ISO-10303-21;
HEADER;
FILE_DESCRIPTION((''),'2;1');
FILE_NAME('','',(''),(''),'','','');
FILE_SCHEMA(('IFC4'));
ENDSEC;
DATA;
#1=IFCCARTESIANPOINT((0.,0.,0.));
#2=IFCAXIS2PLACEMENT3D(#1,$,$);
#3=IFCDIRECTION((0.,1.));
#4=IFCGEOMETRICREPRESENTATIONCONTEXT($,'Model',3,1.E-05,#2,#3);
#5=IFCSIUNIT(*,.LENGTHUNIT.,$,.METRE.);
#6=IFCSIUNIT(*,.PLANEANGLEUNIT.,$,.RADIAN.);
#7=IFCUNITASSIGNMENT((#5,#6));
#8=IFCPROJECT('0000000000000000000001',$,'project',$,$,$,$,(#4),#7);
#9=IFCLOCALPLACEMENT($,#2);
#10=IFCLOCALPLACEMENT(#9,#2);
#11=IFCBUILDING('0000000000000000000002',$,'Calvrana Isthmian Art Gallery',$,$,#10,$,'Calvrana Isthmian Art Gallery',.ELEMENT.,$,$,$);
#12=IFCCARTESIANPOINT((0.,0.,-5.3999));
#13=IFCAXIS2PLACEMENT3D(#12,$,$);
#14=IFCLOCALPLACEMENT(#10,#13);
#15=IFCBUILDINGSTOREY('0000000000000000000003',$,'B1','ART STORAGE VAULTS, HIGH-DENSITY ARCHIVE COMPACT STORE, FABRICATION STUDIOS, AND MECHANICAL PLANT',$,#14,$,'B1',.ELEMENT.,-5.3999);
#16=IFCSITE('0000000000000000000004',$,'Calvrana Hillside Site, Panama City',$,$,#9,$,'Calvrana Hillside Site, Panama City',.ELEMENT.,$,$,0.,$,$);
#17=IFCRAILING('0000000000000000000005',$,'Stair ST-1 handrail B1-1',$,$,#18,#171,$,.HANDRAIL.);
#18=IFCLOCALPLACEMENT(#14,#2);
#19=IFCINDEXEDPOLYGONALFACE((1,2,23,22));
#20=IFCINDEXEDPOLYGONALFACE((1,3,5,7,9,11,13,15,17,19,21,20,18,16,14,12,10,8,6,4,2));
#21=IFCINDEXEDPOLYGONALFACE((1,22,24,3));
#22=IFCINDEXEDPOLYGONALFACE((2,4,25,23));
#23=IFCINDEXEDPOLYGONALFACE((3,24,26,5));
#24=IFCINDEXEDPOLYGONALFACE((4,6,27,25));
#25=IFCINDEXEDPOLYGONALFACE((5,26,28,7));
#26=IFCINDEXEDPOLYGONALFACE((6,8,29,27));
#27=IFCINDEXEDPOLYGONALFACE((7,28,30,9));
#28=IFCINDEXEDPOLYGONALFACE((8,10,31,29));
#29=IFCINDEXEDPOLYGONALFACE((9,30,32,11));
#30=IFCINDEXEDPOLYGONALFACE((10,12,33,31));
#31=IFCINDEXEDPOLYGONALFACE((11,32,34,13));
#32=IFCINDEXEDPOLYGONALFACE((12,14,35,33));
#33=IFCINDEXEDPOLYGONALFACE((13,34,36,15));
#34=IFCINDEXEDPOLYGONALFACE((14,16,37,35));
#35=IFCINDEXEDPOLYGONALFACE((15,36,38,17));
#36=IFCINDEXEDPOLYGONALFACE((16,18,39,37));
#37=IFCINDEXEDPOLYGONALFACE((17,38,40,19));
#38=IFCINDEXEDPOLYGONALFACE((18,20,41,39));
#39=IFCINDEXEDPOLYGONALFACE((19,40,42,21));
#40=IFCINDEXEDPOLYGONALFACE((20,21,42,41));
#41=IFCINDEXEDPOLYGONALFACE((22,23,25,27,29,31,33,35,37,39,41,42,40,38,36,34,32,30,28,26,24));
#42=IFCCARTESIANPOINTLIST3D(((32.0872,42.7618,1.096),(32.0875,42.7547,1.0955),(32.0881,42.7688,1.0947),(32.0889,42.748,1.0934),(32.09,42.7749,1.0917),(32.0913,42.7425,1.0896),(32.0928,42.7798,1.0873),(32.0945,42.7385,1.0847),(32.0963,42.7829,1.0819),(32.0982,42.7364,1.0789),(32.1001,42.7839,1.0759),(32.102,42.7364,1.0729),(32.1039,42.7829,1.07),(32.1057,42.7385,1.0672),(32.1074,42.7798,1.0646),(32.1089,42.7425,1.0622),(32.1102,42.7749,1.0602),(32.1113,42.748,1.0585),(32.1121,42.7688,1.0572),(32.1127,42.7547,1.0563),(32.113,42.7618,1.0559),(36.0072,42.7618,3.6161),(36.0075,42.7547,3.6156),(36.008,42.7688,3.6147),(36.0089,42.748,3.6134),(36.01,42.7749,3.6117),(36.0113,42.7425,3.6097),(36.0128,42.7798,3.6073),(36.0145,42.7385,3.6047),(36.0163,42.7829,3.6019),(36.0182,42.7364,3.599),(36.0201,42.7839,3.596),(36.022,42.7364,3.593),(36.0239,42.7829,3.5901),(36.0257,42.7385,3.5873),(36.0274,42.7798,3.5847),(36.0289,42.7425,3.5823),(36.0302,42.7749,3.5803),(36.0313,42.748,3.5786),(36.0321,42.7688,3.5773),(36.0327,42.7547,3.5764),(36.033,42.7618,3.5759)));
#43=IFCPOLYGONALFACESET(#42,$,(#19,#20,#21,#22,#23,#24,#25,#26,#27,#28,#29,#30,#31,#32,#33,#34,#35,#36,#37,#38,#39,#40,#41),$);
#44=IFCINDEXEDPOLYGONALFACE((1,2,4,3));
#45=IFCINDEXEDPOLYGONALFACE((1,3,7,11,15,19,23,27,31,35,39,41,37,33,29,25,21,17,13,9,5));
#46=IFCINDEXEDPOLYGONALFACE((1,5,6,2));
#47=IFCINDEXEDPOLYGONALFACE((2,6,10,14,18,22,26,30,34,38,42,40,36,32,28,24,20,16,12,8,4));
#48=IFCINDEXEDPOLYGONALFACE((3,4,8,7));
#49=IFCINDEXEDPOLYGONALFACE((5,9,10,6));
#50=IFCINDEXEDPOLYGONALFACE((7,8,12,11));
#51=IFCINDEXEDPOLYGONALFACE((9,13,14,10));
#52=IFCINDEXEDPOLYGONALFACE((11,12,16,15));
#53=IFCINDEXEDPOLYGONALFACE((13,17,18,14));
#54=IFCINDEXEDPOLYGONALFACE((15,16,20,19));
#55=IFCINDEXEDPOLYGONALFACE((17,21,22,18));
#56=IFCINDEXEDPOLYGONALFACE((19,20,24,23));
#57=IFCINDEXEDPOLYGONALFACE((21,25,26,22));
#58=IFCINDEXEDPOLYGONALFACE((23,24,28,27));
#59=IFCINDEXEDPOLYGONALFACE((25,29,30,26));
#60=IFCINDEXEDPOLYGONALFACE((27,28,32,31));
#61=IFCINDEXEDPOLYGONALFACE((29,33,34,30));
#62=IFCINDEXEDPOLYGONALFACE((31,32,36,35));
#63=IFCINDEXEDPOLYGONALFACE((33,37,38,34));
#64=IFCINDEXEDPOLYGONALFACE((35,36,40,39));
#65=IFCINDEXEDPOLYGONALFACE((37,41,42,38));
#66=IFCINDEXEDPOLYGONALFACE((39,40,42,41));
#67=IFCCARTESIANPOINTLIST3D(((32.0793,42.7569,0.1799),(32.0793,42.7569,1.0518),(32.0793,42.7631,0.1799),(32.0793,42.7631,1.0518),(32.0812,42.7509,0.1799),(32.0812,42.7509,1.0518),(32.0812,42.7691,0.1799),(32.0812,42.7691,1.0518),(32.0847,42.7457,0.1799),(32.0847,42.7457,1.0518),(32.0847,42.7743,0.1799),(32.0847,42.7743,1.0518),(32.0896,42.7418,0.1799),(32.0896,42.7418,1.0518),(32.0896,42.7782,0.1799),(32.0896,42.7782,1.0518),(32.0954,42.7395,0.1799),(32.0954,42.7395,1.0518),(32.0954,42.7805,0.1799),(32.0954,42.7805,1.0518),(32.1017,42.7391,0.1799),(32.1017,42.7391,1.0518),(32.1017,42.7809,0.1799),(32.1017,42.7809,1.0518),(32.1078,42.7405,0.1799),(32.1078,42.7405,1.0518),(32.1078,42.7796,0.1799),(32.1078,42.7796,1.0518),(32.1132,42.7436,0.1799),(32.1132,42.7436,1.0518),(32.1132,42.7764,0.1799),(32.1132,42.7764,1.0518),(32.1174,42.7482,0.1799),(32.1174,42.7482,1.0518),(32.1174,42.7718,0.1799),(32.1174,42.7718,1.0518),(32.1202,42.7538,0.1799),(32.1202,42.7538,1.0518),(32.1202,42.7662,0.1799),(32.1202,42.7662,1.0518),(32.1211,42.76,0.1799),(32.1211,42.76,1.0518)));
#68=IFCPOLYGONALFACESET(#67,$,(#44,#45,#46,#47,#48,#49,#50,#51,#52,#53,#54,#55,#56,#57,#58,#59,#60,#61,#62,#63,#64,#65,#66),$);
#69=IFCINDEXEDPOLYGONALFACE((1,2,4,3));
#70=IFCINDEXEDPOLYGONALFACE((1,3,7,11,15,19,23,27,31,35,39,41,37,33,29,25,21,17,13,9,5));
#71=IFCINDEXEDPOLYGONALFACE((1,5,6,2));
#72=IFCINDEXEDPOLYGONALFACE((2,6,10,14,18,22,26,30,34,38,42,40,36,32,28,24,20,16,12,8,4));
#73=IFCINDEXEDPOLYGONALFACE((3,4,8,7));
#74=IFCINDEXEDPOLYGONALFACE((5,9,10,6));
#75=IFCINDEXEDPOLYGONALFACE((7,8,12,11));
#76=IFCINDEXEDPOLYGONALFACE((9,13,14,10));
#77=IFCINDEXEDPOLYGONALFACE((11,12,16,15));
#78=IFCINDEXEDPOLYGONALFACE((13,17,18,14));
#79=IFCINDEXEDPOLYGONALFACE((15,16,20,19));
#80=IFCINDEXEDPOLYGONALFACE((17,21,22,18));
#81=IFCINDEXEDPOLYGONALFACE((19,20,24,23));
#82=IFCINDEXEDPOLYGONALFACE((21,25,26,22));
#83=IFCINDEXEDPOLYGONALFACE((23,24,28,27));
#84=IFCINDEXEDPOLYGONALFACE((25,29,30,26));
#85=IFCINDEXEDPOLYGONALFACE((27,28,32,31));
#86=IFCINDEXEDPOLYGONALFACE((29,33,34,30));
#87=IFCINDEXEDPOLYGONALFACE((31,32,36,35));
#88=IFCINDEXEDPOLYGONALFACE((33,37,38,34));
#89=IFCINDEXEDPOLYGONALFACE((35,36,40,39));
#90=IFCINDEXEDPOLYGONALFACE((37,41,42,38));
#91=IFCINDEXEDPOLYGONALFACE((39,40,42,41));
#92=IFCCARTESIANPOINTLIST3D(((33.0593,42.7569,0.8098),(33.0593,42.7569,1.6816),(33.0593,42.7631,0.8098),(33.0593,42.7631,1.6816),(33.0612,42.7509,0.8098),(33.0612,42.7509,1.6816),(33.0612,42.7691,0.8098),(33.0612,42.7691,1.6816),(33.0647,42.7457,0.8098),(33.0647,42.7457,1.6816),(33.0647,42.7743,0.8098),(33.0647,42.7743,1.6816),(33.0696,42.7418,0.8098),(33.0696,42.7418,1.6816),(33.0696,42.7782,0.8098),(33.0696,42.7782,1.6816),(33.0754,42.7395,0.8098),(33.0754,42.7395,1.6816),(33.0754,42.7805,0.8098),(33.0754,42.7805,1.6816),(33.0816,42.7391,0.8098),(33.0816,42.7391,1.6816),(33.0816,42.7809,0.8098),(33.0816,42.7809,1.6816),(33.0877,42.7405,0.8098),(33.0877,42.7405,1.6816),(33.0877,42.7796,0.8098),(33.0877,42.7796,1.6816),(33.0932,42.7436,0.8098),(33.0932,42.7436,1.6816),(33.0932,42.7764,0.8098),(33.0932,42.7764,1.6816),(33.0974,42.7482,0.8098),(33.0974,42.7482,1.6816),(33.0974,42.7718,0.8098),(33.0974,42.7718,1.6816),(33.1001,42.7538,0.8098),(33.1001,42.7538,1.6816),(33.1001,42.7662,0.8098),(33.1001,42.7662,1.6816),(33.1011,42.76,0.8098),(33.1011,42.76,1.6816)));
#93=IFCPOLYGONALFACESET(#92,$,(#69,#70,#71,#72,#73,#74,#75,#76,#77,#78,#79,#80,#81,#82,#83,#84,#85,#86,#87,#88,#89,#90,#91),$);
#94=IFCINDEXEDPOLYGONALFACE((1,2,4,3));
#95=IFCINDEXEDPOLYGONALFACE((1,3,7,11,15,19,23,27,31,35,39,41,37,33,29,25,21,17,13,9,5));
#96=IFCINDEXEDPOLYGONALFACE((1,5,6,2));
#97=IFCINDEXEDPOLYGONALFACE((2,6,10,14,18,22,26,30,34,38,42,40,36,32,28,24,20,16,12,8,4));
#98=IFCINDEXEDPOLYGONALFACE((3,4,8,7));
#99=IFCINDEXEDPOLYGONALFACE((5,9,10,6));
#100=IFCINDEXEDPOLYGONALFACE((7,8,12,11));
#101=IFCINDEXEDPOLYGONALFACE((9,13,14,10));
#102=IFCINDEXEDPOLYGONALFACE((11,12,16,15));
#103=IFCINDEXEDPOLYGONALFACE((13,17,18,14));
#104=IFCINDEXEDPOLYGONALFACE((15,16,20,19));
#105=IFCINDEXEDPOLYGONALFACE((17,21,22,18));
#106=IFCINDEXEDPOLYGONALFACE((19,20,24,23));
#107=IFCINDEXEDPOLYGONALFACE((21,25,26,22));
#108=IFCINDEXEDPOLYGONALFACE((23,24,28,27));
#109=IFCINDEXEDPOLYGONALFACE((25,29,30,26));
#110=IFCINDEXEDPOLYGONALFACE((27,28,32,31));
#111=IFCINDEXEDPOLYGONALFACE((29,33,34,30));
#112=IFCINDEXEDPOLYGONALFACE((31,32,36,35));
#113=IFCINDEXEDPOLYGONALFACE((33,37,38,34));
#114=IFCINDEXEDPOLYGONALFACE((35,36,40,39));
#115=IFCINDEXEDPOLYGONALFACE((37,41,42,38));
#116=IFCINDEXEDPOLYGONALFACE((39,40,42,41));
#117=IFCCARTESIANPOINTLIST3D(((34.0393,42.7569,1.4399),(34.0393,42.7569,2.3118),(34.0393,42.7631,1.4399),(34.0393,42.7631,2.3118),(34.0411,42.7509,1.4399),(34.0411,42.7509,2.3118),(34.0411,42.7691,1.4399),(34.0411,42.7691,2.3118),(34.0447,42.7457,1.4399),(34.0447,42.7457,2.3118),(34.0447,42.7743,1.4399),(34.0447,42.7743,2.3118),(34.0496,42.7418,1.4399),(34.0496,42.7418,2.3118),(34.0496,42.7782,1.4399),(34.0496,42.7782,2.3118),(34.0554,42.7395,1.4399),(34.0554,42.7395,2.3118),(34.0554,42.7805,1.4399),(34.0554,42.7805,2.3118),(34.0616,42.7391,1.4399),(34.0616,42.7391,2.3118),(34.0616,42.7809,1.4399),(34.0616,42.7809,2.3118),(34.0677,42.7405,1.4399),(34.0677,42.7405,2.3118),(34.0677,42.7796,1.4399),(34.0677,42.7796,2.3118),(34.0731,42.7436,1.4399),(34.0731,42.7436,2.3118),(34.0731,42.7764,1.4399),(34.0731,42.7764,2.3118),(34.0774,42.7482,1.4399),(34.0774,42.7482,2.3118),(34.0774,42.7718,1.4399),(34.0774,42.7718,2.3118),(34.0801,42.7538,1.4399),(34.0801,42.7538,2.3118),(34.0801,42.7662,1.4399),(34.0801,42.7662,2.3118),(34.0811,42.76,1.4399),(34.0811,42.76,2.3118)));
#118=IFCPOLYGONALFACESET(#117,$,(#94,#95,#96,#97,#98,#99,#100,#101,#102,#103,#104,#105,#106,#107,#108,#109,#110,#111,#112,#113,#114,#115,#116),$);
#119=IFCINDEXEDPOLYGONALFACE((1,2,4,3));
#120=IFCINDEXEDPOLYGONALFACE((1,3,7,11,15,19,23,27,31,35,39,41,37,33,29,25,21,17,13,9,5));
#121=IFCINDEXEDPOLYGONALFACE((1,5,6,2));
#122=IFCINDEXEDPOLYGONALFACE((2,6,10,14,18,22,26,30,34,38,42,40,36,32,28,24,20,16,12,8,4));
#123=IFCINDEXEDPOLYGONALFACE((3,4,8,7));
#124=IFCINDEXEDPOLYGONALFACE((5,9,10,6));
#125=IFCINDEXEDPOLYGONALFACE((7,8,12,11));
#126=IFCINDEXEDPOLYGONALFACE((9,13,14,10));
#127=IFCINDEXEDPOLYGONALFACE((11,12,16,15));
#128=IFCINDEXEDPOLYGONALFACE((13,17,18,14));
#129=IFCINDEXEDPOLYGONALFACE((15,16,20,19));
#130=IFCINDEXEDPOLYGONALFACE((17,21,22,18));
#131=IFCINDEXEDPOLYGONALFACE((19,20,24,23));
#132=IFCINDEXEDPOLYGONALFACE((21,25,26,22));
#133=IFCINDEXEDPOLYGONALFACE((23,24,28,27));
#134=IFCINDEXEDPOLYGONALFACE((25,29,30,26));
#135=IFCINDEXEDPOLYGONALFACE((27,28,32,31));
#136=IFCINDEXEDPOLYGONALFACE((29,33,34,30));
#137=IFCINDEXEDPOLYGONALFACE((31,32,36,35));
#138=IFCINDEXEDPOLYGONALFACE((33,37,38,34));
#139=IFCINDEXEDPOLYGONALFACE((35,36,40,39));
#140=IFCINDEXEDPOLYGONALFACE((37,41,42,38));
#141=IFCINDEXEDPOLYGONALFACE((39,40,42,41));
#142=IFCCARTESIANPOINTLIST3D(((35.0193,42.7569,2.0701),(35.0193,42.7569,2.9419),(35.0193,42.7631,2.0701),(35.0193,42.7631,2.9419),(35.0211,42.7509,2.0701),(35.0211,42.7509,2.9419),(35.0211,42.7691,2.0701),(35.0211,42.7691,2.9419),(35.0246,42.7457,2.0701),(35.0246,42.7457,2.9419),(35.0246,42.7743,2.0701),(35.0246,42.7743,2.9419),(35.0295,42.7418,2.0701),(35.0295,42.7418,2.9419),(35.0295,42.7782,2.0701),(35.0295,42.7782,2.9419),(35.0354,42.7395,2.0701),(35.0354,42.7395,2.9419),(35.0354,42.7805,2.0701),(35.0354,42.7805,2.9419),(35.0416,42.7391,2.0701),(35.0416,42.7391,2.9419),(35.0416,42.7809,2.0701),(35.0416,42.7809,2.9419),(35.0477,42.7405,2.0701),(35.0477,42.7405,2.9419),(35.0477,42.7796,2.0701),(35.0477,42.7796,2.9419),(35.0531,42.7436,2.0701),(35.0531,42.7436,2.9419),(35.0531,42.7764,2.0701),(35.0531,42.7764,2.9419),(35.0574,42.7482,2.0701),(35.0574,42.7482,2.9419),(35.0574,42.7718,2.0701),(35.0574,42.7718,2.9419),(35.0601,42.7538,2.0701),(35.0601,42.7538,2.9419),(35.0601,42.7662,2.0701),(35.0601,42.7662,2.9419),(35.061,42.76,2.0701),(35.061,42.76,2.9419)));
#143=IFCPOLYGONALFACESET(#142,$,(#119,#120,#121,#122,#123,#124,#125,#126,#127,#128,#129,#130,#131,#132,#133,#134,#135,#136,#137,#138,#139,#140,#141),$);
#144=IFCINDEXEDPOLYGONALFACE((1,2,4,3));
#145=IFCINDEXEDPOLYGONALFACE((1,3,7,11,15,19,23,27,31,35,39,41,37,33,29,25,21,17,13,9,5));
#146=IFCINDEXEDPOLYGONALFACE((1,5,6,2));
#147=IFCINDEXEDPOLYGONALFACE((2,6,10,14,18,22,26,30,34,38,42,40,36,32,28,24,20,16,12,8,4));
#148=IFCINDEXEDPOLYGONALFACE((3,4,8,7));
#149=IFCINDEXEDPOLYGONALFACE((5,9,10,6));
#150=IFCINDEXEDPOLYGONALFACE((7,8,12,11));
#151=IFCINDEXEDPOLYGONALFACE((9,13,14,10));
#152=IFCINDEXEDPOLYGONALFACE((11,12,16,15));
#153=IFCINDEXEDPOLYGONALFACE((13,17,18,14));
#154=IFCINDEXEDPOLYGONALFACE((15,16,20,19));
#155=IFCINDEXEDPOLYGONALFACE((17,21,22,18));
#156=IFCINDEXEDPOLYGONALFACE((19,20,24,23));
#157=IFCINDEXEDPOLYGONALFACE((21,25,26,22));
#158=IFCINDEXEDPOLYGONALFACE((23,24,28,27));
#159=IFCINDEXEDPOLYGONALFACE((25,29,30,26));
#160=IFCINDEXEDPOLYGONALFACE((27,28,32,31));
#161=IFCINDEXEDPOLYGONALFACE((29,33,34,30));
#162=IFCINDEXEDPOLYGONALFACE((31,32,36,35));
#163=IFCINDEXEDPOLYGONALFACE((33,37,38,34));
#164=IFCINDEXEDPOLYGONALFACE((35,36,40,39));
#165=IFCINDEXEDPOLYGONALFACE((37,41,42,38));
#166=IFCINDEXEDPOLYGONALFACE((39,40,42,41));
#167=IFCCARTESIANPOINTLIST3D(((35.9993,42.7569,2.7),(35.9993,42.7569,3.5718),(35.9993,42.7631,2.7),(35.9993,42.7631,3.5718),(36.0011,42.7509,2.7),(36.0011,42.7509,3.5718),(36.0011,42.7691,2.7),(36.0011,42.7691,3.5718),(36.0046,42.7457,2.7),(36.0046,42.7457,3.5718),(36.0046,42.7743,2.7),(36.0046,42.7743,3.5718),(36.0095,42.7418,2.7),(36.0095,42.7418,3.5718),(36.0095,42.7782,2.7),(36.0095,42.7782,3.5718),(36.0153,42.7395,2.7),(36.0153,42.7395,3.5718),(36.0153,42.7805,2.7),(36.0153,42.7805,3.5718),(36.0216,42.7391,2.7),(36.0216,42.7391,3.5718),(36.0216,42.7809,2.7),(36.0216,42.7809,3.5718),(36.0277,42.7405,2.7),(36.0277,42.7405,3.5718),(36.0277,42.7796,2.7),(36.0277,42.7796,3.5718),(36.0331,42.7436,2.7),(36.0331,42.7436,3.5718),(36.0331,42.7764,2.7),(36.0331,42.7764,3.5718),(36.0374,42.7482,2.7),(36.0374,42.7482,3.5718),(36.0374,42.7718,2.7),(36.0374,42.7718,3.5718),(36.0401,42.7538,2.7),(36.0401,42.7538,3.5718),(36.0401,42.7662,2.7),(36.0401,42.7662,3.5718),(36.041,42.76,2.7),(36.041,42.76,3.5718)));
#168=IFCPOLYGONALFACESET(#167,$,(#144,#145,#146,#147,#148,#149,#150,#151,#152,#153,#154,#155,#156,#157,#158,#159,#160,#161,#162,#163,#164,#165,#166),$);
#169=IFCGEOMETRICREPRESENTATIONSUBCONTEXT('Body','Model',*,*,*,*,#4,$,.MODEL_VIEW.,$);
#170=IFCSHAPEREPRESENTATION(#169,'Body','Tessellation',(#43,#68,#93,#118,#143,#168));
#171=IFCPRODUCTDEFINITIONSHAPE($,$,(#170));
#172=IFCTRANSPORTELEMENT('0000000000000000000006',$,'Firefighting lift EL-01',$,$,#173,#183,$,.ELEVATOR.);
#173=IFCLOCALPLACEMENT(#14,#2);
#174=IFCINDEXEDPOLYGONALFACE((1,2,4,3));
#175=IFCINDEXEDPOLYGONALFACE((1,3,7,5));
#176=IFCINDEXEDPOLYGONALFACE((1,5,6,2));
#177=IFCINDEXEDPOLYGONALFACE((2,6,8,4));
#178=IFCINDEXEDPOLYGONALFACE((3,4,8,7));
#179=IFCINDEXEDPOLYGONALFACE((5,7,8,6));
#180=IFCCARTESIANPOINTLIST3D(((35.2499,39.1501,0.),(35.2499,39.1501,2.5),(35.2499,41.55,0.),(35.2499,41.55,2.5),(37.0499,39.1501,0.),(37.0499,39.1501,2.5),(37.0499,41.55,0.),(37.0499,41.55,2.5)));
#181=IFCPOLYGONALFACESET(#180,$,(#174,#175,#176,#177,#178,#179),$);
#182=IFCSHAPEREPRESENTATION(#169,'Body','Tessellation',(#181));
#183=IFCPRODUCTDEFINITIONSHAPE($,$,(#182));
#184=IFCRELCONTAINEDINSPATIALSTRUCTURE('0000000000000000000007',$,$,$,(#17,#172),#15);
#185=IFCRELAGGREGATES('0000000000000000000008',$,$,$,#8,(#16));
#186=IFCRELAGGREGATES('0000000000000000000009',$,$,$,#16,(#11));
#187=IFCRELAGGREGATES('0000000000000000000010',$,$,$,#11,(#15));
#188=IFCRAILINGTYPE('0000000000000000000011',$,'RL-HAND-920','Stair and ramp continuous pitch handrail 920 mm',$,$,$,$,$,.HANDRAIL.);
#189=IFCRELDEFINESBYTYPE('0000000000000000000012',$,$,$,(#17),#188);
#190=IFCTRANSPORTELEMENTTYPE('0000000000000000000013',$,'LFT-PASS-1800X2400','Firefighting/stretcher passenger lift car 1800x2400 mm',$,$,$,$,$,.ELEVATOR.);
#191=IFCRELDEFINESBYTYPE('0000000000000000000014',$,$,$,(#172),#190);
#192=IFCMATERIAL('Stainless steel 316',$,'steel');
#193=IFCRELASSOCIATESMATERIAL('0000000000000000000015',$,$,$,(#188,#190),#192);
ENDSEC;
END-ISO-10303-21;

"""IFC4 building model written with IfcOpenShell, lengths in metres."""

from ifc_helpers import new_model, si_unit, direction, frame, origin, origin_2d, place, context, subcontext, project, spatial, rectangle, circle, extrude, material, type_object, element, save


model = new_model("IFC4")

# Units and contexts
model_context = context("Model", 3, precision=1e-05, world=origin(), true_north=direction((0.0, 1.0)))
body_context = subcontext(model_context, "Body", "Model", "MODEL_VIEW")
ifc_project = project(units=[si_unit("LENGTHUNIT", "METRE"), si_unit("PLANEANGLEUNIT", "RADIAN")], contexts=[model_context])

# Site, building, storey
site_placement = place(None, origin())
site = spatial("IfcSite", under=ifc_project, at=site_placement, Name="Calvrana Hillside Site, Panama City", LongName="Calvrana Hillside Site, Panama City", CompositionType="ELEMENT", RefElevation=0.0)
building_placement = place(site_placement, origin())
building = spatial("IfcBuilding", under=site, at=building_placement, Name="Calvrana Isthmian Art Gallery", LongName="Calvrana Isthmian Art Gallery", CompositionType="ELEMENT")
storey_placement = place(building_placement, frame((0.0, 0.0, -5.3999)))
storey = spatial("IfcBuildingStorey", under=building, at=storey_placement, Name="B1", Description="ART STORAGE VAULTS, HIGH-DENSITY ARCHIVE COMPACT STORE, FABRICATION STUDIOS, AND MECHANICAL PLANT", LongName="B1", CompositionType="ELEMENT", Elevation=-5.3999)

# Railing
ifc_material_1 = material(Name="Stainless steel 316", Category="steel")
railing_type_1 = type_object("IfcRailingType", Name="RL-HAND-920", Description="Stair and ramp continuous pitch handrail 920 mm", PredefinedType="HANDRAIL", material=ifc_material_1)
railing_1_placement = place(storey_placement, frame((32.1001, 42.76, 0.1799)))
element("IfcRailing", 1, at=railing_1_placement, inside=storey, type_object=railing_type_1, Name="Stair ST-1 handrail B1-1", PredefinedType="HANDRAIL", context=body_context, shape_type="SweptSolid", body=[
    extrude(circle(Radius=0.0239, at=origin_2d()), frame((0.0, 0.0, 0.896), z_axis=(0.841172, 0.0, 0.540768), x_axis=(0.0, 1.0, 0.0)), (0.0, 0.0, 1.0), 4.6602),
    extrude(circle(Radius=0.021, at=origin_2d()), origin(), (0.0, 0.0, 1.0), 0.8718),
    extrude(circle(Radius=0.021, at=origin_2d()), frame((0.98, 0.0, 0.6299)), (0.0, 0.0, 1.0), 0.8718),
    extrude(circle(Radius=0.021, at=origin_2d()), frame((1.96, 0.0, 1.26)), (0.0, 0.0, 1.0), 0.8718),
    extrude(circle(Radius=0.021, at=origin_2d()), frame((2.9399, 0.0, 1.8901)), (0.0, 0.0, 1.0), 0.8718),
    extrude(circle(Radius=0.021, at=origin_2d()), frame((3.9199, 0.0, 2.52)), (0.0, 0.0, 1.0), 0.8718),
])

# Transport element
transport_element_type = type_object("IfcTransportElementType", Name="LFT-PASS-1800X2400", Description="Firefighting/stretcher passenger lift car 1800x2400 mm", PredefinedType="ELEVATOR", material=ifc_material_1)
transport_element_placement = place(storey_placement, frame((36.1499, 40.3501, 0.0), z_axis=(0.0, 0.0, 1.0), x_axis=(1.0, 0.0, 0.0)))
element("IfcTransportElement", 2, at=transport_element_placement, inside=storey, type_object=transport_element_type, Name="Firefighting lift EL-01", PredefinedType="ELEVATOR", context=body_context, shape_type="SweptSolid", body=[
    extrude(rectangle(XDim=1.8, YDim=2.3999, at=origin_2d()), origin(), (0.0, 0.0, 1.0), 2.5),
])

save(model, "model.ifc")
